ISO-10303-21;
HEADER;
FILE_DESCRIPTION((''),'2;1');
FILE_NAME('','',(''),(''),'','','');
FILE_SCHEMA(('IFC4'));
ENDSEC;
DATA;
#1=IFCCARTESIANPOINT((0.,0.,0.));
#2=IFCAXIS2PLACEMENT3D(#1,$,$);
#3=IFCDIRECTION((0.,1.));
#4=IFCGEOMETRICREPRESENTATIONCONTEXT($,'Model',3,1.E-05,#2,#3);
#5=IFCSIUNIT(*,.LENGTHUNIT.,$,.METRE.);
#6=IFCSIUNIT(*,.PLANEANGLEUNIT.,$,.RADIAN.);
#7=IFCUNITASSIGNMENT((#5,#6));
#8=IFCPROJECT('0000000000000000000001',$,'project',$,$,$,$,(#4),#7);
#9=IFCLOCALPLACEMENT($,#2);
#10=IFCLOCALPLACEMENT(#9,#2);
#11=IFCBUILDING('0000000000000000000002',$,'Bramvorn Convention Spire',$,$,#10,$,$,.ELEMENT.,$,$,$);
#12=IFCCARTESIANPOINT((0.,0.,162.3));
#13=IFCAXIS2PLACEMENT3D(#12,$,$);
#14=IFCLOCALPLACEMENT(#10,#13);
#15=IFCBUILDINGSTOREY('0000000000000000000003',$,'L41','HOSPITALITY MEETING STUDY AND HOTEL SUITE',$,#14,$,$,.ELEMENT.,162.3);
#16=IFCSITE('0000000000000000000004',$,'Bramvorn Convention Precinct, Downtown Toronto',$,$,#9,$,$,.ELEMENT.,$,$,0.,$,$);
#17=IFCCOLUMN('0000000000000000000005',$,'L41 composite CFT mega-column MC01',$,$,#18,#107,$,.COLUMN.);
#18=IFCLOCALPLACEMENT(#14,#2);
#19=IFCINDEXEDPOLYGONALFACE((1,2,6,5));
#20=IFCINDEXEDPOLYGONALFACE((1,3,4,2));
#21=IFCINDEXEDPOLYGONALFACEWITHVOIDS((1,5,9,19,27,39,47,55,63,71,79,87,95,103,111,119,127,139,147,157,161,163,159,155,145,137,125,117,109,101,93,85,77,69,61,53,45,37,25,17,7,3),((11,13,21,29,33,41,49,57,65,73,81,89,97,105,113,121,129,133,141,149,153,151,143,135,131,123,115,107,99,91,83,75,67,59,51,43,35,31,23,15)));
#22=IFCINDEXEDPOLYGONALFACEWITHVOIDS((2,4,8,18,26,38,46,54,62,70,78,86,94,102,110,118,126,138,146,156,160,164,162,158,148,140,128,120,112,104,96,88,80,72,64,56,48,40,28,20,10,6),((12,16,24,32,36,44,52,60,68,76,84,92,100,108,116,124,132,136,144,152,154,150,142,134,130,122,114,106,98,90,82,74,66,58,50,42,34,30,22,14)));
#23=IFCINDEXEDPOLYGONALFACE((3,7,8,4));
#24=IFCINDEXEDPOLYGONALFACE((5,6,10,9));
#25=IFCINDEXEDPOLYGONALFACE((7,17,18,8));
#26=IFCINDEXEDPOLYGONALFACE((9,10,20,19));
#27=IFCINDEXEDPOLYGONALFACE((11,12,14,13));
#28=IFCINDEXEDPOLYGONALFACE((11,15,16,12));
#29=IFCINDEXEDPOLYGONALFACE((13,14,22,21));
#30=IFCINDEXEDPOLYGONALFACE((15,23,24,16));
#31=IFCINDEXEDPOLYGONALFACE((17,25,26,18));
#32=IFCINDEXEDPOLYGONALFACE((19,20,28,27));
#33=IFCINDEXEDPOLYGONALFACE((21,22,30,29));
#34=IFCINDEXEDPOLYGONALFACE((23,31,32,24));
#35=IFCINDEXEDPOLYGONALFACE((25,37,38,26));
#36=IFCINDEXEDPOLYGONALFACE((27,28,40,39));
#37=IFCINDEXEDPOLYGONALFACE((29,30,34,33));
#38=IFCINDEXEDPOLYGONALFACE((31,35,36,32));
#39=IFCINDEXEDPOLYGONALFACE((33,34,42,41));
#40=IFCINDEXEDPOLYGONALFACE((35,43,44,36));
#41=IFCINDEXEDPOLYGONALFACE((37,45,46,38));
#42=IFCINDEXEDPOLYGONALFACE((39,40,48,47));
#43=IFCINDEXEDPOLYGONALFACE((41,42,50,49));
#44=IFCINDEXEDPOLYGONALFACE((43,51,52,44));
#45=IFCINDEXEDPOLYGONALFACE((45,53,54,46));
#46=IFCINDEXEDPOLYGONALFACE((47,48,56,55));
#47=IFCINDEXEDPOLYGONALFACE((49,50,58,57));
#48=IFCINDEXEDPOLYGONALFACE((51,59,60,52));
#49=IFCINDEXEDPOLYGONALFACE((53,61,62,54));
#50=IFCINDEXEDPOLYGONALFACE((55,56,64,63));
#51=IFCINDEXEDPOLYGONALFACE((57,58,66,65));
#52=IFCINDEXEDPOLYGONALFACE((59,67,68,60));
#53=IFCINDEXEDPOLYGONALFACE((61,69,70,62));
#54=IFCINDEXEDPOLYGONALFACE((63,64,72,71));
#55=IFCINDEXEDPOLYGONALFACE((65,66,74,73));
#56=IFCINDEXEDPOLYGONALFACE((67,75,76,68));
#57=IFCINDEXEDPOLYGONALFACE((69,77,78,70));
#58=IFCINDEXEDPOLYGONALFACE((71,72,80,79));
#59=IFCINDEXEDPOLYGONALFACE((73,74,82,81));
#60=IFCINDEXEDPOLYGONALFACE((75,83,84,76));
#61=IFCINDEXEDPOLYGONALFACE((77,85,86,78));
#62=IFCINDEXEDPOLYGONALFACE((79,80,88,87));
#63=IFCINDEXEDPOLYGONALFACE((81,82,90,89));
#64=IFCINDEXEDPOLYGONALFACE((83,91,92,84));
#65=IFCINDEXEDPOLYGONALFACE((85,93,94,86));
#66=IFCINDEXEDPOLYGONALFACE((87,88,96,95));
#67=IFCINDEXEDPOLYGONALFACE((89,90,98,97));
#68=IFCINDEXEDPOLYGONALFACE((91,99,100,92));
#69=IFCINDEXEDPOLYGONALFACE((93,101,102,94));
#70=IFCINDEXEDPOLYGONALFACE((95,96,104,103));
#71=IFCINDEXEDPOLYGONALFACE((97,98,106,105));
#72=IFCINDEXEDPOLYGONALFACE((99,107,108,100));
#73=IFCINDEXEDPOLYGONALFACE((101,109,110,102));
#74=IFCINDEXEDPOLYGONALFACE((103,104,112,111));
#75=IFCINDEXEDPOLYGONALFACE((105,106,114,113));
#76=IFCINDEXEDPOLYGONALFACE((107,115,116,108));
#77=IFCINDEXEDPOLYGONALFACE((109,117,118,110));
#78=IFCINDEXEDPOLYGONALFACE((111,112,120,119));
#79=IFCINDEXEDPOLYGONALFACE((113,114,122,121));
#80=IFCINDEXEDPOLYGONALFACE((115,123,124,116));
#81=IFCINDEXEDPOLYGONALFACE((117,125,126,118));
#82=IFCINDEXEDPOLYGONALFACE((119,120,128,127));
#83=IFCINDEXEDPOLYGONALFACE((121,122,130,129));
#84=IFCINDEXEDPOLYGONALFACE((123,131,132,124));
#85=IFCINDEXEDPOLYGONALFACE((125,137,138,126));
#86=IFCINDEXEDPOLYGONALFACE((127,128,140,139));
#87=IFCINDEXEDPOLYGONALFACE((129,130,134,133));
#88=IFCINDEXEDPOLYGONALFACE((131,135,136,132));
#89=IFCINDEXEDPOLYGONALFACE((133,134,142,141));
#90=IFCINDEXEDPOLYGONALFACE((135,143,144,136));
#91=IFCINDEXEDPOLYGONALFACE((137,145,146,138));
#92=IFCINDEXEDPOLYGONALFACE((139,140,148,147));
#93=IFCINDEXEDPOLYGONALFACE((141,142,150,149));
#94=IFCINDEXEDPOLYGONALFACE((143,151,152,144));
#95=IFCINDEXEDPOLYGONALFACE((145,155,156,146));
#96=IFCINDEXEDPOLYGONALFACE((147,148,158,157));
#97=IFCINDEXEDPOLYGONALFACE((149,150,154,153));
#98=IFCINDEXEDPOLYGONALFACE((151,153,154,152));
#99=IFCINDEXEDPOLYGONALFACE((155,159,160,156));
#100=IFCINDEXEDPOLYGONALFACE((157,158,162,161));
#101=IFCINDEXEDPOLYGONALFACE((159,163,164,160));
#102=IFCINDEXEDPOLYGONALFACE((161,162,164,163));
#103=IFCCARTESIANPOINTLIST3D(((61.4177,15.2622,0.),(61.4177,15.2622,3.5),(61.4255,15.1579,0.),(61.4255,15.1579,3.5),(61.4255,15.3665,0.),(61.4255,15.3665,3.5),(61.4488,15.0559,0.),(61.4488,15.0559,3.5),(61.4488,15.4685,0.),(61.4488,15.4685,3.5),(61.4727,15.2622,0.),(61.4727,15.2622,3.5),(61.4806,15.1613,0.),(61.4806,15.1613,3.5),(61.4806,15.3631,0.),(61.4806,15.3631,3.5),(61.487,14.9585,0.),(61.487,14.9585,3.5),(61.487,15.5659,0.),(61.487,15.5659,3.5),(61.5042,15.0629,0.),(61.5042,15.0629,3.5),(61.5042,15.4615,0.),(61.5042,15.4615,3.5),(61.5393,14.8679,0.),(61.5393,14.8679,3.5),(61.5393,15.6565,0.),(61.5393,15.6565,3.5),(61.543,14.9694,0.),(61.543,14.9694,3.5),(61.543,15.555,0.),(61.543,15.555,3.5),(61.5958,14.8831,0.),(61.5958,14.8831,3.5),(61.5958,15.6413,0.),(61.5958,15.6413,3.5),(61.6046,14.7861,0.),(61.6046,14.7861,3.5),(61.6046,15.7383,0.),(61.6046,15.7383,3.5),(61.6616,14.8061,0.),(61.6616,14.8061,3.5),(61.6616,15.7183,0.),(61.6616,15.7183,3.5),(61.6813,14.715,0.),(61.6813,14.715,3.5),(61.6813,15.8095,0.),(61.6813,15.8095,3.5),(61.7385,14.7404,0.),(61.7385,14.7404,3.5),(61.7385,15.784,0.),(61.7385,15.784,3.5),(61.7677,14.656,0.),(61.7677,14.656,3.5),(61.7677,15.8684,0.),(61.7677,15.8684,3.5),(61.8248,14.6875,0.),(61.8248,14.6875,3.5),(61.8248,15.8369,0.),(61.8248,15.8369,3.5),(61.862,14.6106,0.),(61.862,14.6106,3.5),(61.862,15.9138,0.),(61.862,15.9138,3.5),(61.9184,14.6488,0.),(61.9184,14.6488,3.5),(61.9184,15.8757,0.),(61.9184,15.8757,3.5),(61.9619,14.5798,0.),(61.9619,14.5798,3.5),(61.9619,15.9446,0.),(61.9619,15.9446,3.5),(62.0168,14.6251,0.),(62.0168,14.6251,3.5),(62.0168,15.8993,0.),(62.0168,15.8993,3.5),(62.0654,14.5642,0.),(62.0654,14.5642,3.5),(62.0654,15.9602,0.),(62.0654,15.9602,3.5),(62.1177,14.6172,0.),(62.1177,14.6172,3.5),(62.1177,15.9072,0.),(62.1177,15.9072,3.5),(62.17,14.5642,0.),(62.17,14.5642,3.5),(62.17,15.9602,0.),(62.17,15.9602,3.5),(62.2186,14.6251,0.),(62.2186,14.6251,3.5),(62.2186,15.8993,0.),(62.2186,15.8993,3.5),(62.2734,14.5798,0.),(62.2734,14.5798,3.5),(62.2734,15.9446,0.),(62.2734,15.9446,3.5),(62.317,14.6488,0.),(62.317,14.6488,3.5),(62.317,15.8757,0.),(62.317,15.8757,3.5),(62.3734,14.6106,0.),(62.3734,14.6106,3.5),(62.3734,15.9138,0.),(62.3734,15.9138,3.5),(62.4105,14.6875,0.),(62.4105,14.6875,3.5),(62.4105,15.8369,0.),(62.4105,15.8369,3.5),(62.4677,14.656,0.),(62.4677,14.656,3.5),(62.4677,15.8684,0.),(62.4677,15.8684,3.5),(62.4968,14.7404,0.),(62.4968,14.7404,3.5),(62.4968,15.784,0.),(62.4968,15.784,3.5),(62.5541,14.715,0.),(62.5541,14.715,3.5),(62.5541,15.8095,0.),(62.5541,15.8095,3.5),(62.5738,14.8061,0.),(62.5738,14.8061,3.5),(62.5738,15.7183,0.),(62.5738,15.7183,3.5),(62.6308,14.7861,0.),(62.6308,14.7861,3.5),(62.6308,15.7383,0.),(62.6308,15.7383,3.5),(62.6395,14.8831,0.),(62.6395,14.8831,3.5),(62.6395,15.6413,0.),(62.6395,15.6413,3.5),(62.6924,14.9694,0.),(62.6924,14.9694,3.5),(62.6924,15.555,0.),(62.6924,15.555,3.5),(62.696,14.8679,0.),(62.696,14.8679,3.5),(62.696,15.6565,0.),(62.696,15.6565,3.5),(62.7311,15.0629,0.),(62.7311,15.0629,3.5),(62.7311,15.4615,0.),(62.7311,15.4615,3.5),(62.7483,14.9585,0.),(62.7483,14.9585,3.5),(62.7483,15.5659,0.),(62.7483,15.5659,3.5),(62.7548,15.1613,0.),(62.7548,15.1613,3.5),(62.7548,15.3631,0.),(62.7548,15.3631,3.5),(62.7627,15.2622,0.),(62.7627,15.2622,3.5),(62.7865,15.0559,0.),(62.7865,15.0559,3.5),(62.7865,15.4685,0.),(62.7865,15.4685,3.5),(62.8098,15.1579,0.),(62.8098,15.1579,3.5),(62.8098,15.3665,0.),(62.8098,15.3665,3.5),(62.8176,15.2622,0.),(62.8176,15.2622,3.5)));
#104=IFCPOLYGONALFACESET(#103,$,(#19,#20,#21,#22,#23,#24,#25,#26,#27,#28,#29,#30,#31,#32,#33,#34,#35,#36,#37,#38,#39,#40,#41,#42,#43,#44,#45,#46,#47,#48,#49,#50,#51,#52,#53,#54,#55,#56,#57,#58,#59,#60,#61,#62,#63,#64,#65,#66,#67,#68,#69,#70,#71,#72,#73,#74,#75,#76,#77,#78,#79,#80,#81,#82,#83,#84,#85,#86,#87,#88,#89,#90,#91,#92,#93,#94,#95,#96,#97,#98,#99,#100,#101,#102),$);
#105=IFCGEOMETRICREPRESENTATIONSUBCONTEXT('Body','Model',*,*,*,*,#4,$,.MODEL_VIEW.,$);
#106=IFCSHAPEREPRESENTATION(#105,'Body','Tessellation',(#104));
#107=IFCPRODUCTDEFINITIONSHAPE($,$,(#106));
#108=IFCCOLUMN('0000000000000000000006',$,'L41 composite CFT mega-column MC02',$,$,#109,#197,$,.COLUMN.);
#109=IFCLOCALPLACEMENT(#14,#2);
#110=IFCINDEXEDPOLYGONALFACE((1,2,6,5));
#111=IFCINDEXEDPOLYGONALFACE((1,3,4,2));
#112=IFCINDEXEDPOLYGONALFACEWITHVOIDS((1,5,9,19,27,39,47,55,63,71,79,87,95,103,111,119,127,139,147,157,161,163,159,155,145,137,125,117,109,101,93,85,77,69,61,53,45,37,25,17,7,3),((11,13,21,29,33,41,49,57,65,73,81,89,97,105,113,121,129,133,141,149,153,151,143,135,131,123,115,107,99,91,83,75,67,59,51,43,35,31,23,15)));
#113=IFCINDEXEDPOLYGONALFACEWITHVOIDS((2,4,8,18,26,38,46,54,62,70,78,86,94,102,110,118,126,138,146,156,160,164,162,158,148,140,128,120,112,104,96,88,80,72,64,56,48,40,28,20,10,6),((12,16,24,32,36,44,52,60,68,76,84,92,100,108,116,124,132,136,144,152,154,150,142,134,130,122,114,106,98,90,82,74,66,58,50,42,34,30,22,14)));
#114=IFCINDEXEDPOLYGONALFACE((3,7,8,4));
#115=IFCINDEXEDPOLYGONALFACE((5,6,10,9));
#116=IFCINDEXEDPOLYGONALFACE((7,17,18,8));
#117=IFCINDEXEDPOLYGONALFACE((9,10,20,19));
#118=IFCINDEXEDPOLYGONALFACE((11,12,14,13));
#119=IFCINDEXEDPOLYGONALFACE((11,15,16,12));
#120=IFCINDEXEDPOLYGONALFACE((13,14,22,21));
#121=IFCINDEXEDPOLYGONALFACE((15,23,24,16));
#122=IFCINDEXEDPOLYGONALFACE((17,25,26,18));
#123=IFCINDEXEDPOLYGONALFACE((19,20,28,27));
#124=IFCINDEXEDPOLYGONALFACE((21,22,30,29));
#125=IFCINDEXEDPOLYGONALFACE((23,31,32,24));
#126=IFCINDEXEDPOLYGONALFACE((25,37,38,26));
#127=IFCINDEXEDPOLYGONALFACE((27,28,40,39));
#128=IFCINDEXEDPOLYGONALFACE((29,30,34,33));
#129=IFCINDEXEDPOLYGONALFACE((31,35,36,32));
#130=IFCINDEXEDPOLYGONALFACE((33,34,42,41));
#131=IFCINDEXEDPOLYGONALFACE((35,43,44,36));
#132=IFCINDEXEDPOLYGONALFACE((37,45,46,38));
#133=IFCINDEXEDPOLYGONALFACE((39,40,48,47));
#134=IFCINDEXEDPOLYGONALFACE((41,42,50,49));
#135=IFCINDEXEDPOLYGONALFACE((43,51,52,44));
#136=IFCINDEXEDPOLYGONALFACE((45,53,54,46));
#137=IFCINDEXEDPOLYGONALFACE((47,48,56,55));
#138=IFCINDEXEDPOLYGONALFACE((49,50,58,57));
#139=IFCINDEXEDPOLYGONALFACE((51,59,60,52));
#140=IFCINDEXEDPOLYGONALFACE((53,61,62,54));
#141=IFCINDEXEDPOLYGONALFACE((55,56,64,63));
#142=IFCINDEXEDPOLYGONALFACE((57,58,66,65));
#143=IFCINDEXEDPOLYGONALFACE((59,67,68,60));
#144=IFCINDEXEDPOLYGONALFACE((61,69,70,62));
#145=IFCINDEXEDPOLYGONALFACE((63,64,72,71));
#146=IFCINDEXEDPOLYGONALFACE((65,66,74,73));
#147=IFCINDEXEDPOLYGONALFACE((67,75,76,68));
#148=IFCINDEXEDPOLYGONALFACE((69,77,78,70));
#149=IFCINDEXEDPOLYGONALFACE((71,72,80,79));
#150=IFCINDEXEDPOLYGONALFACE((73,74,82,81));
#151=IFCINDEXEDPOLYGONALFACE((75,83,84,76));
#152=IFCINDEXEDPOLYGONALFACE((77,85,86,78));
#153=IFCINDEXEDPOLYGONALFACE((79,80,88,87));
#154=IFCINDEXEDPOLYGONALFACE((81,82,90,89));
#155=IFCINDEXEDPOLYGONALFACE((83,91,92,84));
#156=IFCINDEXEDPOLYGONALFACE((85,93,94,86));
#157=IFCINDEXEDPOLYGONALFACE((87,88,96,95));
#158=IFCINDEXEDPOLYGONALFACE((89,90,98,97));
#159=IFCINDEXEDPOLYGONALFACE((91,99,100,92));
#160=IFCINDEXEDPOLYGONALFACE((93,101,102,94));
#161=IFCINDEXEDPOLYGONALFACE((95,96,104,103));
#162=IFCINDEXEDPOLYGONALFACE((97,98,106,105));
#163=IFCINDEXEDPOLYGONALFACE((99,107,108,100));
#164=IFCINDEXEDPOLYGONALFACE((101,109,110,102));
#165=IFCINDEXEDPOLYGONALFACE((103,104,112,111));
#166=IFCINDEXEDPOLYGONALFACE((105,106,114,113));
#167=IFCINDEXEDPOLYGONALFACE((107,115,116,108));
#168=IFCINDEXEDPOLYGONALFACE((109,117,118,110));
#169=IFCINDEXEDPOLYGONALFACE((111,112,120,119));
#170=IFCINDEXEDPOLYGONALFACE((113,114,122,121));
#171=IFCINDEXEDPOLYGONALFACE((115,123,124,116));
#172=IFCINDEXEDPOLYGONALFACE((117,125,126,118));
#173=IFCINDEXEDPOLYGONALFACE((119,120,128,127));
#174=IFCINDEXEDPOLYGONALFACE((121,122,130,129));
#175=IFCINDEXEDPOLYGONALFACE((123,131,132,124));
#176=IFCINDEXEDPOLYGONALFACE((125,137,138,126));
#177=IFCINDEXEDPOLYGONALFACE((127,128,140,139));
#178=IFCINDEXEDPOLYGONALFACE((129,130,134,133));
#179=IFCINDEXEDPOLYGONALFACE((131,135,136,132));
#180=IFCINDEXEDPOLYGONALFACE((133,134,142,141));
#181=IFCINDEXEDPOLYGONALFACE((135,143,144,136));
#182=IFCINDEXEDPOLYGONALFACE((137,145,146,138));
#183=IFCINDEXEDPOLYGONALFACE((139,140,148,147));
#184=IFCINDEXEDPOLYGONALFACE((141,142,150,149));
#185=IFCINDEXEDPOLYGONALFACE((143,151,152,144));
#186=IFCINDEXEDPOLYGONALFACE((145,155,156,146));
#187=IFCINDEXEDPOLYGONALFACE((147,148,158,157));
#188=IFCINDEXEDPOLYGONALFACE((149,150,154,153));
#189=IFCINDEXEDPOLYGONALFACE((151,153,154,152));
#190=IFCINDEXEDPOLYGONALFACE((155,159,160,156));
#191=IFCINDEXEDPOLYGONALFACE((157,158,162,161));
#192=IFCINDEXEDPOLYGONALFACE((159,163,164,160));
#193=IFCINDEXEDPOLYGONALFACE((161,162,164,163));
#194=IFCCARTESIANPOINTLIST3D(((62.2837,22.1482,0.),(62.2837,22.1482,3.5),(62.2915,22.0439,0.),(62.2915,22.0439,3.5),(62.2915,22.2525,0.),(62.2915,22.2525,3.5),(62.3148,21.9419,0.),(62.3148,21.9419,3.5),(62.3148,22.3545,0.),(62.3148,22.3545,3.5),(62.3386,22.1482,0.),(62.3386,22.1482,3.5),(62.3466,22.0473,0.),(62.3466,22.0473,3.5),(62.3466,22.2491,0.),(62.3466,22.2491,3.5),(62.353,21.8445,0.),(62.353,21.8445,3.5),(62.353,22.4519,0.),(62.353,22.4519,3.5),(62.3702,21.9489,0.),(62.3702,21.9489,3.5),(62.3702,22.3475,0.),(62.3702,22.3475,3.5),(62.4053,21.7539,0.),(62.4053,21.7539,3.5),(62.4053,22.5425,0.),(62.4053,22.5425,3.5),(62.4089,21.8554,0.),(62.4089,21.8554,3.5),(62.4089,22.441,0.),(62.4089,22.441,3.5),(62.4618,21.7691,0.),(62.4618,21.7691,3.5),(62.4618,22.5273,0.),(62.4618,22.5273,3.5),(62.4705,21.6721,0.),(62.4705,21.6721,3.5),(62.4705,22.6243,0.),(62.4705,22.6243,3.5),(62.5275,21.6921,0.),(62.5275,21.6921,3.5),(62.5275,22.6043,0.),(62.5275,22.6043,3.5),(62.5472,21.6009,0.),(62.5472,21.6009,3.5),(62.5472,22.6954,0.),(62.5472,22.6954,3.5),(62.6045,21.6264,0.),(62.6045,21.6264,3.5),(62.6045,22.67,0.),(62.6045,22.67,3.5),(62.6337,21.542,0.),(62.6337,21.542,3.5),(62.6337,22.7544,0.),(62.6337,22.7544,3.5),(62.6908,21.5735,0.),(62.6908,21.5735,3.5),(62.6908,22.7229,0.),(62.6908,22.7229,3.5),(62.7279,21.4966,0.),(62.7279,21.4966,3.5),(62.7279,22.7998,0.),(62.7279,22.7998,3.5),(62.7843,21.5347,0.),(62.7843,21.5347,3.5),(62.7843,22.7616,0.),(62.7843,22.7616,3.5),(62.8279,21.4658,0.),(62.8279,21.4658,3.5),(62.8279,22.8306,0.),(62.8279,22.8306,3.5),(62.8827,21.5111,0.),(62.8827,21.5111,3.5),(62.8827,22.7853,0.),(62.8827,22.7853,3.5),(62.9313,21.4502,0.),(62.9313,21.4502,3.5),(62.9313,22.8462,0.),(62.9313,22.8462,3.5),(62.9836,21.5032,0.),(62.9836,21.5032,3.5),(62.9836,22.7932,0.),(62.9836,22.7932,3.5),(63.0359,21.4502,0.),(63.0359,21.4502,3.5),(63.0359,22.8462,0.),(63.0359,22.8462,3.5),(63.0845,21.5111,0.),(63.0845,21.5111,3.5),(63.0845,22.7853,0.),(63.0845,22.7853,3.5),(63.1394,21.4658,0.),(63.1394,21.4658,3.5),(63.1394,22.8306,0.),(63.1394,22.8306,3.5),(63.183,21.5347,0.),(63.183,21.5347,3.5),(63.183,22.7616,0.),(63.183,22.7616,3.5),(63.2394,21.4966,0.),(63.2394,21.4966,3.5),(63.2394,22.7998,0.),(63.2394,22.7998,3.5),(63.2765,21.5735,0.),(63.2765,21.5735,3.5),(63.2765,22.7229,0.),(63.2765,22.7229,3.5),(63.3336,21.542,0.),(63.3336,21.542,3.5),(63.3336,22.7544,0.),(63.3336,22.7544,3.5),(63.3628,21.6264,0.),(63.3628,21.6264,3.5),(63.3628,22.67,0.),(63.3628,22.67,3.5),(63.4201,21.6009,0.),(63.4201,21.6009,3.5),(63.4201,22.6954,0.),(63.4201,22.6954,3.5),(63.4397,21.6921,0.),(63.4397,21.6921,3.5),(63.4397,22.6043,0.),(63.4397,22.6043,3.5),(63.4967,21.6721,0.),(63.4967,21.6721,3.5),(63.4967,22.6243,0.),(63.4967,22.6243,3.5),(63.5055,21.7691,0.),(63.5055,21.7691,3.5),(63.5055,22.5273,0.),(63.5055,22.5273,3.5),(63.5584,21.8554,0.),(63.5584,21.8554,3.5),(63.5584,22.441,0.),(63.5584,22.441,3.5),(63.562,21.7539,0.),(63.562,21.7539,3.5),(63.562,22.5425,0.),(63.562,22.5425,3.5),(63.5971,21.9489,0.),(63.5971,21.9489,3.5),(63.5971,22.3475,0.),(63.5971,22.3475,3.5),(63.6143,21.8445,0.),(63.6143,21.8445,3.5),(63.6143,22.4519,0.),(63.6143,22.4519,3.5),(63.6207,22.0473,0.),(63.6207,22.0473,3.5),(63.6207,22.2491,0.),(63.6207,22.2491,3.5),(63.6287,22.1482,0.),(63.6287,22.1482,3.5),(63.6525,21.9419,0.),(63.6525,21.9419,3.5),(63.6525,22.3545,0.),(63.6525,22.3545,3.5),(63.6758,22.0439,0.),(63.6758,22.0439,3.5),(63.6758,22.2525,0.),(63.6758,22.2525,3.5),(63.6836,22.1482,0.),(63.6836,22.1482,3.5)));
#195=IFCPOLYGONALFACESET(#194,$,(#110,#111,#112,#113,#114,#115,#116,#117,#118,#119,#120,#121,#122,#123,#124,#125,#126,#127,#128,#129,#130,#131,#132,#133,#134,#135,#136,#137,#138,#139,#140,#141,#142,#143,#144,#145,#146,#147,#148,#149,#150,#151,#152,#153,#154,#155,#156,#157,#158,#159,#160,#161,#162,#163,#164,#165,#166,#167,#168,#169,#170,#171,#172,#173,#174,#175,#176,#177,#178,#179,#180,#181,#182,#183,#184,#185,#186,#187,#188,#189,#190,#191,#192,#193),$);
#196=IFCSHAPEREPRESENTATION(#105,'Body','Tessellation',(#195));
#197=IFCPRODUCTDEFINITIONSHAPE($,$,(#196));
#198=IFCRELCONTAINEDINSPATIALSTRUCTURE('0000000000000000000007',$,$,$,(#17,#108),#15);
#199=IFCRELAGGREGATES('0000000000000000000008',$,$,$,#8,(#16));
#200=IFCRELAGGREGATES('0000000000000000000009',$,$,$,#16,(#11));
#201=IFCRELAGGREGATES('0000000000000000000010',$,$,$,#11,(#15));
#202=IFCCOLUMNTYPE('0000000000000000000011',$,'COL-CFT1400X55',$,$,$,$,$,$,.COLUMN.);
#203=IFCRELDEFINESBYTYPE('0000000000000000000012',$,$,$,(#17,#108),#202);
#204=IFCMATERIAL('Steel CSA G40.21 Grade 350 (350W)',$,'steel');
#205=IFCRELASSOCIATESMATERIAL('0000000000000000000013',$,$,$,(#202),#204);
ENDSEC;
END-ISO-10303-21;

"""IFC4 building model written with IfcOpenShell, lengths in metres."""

from ifc_helpers import new_model, si_unit, direction, frame, origin, origin_2d, place, context, subcontext, project, spatial, hollow_circle, extrude, material, material_profile, profile_set, type_object, element, save


model = new_model("IFC4")

# Units and contexts
model_context = context("Model", 3, precision=1e-05, world=origin(), true_north=direction((0.0, 1.0)))
body_context = subcontext(model_context, "Body", "Model", "MODEL_VIEW")
ifc_project = project(units=[si_unit("LENGTHUNIT", "METRE"), si_unit("PLANEANGLEUNIT", "RADIAN")], contexts=[model_context])

# Site, building, storey
site_placement = place(None, origin())
site = spatial("IfcSite", under=ifc_project, at=site_placement, Name="Bramvorn Convention Precinct, Downtown Toronto", CompositionType="ELEMENT", RefElevation=0.0)
building_placement = place(site_placement, origin())
building = spatial("IfcBuilding", under=site, at=building_placement, Name="Bramvorn Convention Spire", CompositionType="ELEMENT")
storey_placement = place(building_placement, frame((0.0, 0.0, 162.3)))
storey = spatial("IfcBuildingStorey", under=building, at=storey_placement, Name="L41", Description="HOSPITALITY MEETING STUDY AND HOTEL SUITE", CompositionType="ELEMENT", Elevation=162.3)

# Columns
ifc_material_1 = material(Name="Steel CSA G40.21 Grade 350 (350W)", Category="steel")
ifc_material_profile_1 = material_profile(ifc_material_1, hollow_circle(Radius=0.7, WallThickness=0.0549, at=origin_2d()))
ifc_profile_set_1 = profile_set([ifc_material_profile_1], Name="Steel CSA G40.21 Grade 350 (350W) - CFT1400X55")
column_type = type_object("IfcColumnType", Name="COL-CFT1400X55", PredefinedType="COLUMN", material=ifc_profile_set_1)
for number, where, z_axis, x_axis, name in (
    (1, (62.1177, 15.2622, 0.0), (0.0, 0.0, 1.0), (1.0, 0.0, 0.0), "L41 composite CFT mega-column MC01"),
    (2, (62.9836, 22.1482, 0.0), (0.0, 0.0, 1.0), (1.0, 0.0, 0.0), "L41 composite CFT mega-column MC02"),
):
    element("IfcColumn", number, at=place(storey_placement, frame(where, z_axis=z_axis, x_axis=x_axis)), inside=storey, type_object=column_type, Name=name, PredefinedType="COLUMN", context=body_context, shape_type="SweptSolid", body=[
        extrude(hollow_circle(Radius=0.7, WallThickness=0.0549, at=origin_2d()), origin(), (0.0, 0.0, 1.0), 3.5),
    ])

save(model, "model.ifc")
